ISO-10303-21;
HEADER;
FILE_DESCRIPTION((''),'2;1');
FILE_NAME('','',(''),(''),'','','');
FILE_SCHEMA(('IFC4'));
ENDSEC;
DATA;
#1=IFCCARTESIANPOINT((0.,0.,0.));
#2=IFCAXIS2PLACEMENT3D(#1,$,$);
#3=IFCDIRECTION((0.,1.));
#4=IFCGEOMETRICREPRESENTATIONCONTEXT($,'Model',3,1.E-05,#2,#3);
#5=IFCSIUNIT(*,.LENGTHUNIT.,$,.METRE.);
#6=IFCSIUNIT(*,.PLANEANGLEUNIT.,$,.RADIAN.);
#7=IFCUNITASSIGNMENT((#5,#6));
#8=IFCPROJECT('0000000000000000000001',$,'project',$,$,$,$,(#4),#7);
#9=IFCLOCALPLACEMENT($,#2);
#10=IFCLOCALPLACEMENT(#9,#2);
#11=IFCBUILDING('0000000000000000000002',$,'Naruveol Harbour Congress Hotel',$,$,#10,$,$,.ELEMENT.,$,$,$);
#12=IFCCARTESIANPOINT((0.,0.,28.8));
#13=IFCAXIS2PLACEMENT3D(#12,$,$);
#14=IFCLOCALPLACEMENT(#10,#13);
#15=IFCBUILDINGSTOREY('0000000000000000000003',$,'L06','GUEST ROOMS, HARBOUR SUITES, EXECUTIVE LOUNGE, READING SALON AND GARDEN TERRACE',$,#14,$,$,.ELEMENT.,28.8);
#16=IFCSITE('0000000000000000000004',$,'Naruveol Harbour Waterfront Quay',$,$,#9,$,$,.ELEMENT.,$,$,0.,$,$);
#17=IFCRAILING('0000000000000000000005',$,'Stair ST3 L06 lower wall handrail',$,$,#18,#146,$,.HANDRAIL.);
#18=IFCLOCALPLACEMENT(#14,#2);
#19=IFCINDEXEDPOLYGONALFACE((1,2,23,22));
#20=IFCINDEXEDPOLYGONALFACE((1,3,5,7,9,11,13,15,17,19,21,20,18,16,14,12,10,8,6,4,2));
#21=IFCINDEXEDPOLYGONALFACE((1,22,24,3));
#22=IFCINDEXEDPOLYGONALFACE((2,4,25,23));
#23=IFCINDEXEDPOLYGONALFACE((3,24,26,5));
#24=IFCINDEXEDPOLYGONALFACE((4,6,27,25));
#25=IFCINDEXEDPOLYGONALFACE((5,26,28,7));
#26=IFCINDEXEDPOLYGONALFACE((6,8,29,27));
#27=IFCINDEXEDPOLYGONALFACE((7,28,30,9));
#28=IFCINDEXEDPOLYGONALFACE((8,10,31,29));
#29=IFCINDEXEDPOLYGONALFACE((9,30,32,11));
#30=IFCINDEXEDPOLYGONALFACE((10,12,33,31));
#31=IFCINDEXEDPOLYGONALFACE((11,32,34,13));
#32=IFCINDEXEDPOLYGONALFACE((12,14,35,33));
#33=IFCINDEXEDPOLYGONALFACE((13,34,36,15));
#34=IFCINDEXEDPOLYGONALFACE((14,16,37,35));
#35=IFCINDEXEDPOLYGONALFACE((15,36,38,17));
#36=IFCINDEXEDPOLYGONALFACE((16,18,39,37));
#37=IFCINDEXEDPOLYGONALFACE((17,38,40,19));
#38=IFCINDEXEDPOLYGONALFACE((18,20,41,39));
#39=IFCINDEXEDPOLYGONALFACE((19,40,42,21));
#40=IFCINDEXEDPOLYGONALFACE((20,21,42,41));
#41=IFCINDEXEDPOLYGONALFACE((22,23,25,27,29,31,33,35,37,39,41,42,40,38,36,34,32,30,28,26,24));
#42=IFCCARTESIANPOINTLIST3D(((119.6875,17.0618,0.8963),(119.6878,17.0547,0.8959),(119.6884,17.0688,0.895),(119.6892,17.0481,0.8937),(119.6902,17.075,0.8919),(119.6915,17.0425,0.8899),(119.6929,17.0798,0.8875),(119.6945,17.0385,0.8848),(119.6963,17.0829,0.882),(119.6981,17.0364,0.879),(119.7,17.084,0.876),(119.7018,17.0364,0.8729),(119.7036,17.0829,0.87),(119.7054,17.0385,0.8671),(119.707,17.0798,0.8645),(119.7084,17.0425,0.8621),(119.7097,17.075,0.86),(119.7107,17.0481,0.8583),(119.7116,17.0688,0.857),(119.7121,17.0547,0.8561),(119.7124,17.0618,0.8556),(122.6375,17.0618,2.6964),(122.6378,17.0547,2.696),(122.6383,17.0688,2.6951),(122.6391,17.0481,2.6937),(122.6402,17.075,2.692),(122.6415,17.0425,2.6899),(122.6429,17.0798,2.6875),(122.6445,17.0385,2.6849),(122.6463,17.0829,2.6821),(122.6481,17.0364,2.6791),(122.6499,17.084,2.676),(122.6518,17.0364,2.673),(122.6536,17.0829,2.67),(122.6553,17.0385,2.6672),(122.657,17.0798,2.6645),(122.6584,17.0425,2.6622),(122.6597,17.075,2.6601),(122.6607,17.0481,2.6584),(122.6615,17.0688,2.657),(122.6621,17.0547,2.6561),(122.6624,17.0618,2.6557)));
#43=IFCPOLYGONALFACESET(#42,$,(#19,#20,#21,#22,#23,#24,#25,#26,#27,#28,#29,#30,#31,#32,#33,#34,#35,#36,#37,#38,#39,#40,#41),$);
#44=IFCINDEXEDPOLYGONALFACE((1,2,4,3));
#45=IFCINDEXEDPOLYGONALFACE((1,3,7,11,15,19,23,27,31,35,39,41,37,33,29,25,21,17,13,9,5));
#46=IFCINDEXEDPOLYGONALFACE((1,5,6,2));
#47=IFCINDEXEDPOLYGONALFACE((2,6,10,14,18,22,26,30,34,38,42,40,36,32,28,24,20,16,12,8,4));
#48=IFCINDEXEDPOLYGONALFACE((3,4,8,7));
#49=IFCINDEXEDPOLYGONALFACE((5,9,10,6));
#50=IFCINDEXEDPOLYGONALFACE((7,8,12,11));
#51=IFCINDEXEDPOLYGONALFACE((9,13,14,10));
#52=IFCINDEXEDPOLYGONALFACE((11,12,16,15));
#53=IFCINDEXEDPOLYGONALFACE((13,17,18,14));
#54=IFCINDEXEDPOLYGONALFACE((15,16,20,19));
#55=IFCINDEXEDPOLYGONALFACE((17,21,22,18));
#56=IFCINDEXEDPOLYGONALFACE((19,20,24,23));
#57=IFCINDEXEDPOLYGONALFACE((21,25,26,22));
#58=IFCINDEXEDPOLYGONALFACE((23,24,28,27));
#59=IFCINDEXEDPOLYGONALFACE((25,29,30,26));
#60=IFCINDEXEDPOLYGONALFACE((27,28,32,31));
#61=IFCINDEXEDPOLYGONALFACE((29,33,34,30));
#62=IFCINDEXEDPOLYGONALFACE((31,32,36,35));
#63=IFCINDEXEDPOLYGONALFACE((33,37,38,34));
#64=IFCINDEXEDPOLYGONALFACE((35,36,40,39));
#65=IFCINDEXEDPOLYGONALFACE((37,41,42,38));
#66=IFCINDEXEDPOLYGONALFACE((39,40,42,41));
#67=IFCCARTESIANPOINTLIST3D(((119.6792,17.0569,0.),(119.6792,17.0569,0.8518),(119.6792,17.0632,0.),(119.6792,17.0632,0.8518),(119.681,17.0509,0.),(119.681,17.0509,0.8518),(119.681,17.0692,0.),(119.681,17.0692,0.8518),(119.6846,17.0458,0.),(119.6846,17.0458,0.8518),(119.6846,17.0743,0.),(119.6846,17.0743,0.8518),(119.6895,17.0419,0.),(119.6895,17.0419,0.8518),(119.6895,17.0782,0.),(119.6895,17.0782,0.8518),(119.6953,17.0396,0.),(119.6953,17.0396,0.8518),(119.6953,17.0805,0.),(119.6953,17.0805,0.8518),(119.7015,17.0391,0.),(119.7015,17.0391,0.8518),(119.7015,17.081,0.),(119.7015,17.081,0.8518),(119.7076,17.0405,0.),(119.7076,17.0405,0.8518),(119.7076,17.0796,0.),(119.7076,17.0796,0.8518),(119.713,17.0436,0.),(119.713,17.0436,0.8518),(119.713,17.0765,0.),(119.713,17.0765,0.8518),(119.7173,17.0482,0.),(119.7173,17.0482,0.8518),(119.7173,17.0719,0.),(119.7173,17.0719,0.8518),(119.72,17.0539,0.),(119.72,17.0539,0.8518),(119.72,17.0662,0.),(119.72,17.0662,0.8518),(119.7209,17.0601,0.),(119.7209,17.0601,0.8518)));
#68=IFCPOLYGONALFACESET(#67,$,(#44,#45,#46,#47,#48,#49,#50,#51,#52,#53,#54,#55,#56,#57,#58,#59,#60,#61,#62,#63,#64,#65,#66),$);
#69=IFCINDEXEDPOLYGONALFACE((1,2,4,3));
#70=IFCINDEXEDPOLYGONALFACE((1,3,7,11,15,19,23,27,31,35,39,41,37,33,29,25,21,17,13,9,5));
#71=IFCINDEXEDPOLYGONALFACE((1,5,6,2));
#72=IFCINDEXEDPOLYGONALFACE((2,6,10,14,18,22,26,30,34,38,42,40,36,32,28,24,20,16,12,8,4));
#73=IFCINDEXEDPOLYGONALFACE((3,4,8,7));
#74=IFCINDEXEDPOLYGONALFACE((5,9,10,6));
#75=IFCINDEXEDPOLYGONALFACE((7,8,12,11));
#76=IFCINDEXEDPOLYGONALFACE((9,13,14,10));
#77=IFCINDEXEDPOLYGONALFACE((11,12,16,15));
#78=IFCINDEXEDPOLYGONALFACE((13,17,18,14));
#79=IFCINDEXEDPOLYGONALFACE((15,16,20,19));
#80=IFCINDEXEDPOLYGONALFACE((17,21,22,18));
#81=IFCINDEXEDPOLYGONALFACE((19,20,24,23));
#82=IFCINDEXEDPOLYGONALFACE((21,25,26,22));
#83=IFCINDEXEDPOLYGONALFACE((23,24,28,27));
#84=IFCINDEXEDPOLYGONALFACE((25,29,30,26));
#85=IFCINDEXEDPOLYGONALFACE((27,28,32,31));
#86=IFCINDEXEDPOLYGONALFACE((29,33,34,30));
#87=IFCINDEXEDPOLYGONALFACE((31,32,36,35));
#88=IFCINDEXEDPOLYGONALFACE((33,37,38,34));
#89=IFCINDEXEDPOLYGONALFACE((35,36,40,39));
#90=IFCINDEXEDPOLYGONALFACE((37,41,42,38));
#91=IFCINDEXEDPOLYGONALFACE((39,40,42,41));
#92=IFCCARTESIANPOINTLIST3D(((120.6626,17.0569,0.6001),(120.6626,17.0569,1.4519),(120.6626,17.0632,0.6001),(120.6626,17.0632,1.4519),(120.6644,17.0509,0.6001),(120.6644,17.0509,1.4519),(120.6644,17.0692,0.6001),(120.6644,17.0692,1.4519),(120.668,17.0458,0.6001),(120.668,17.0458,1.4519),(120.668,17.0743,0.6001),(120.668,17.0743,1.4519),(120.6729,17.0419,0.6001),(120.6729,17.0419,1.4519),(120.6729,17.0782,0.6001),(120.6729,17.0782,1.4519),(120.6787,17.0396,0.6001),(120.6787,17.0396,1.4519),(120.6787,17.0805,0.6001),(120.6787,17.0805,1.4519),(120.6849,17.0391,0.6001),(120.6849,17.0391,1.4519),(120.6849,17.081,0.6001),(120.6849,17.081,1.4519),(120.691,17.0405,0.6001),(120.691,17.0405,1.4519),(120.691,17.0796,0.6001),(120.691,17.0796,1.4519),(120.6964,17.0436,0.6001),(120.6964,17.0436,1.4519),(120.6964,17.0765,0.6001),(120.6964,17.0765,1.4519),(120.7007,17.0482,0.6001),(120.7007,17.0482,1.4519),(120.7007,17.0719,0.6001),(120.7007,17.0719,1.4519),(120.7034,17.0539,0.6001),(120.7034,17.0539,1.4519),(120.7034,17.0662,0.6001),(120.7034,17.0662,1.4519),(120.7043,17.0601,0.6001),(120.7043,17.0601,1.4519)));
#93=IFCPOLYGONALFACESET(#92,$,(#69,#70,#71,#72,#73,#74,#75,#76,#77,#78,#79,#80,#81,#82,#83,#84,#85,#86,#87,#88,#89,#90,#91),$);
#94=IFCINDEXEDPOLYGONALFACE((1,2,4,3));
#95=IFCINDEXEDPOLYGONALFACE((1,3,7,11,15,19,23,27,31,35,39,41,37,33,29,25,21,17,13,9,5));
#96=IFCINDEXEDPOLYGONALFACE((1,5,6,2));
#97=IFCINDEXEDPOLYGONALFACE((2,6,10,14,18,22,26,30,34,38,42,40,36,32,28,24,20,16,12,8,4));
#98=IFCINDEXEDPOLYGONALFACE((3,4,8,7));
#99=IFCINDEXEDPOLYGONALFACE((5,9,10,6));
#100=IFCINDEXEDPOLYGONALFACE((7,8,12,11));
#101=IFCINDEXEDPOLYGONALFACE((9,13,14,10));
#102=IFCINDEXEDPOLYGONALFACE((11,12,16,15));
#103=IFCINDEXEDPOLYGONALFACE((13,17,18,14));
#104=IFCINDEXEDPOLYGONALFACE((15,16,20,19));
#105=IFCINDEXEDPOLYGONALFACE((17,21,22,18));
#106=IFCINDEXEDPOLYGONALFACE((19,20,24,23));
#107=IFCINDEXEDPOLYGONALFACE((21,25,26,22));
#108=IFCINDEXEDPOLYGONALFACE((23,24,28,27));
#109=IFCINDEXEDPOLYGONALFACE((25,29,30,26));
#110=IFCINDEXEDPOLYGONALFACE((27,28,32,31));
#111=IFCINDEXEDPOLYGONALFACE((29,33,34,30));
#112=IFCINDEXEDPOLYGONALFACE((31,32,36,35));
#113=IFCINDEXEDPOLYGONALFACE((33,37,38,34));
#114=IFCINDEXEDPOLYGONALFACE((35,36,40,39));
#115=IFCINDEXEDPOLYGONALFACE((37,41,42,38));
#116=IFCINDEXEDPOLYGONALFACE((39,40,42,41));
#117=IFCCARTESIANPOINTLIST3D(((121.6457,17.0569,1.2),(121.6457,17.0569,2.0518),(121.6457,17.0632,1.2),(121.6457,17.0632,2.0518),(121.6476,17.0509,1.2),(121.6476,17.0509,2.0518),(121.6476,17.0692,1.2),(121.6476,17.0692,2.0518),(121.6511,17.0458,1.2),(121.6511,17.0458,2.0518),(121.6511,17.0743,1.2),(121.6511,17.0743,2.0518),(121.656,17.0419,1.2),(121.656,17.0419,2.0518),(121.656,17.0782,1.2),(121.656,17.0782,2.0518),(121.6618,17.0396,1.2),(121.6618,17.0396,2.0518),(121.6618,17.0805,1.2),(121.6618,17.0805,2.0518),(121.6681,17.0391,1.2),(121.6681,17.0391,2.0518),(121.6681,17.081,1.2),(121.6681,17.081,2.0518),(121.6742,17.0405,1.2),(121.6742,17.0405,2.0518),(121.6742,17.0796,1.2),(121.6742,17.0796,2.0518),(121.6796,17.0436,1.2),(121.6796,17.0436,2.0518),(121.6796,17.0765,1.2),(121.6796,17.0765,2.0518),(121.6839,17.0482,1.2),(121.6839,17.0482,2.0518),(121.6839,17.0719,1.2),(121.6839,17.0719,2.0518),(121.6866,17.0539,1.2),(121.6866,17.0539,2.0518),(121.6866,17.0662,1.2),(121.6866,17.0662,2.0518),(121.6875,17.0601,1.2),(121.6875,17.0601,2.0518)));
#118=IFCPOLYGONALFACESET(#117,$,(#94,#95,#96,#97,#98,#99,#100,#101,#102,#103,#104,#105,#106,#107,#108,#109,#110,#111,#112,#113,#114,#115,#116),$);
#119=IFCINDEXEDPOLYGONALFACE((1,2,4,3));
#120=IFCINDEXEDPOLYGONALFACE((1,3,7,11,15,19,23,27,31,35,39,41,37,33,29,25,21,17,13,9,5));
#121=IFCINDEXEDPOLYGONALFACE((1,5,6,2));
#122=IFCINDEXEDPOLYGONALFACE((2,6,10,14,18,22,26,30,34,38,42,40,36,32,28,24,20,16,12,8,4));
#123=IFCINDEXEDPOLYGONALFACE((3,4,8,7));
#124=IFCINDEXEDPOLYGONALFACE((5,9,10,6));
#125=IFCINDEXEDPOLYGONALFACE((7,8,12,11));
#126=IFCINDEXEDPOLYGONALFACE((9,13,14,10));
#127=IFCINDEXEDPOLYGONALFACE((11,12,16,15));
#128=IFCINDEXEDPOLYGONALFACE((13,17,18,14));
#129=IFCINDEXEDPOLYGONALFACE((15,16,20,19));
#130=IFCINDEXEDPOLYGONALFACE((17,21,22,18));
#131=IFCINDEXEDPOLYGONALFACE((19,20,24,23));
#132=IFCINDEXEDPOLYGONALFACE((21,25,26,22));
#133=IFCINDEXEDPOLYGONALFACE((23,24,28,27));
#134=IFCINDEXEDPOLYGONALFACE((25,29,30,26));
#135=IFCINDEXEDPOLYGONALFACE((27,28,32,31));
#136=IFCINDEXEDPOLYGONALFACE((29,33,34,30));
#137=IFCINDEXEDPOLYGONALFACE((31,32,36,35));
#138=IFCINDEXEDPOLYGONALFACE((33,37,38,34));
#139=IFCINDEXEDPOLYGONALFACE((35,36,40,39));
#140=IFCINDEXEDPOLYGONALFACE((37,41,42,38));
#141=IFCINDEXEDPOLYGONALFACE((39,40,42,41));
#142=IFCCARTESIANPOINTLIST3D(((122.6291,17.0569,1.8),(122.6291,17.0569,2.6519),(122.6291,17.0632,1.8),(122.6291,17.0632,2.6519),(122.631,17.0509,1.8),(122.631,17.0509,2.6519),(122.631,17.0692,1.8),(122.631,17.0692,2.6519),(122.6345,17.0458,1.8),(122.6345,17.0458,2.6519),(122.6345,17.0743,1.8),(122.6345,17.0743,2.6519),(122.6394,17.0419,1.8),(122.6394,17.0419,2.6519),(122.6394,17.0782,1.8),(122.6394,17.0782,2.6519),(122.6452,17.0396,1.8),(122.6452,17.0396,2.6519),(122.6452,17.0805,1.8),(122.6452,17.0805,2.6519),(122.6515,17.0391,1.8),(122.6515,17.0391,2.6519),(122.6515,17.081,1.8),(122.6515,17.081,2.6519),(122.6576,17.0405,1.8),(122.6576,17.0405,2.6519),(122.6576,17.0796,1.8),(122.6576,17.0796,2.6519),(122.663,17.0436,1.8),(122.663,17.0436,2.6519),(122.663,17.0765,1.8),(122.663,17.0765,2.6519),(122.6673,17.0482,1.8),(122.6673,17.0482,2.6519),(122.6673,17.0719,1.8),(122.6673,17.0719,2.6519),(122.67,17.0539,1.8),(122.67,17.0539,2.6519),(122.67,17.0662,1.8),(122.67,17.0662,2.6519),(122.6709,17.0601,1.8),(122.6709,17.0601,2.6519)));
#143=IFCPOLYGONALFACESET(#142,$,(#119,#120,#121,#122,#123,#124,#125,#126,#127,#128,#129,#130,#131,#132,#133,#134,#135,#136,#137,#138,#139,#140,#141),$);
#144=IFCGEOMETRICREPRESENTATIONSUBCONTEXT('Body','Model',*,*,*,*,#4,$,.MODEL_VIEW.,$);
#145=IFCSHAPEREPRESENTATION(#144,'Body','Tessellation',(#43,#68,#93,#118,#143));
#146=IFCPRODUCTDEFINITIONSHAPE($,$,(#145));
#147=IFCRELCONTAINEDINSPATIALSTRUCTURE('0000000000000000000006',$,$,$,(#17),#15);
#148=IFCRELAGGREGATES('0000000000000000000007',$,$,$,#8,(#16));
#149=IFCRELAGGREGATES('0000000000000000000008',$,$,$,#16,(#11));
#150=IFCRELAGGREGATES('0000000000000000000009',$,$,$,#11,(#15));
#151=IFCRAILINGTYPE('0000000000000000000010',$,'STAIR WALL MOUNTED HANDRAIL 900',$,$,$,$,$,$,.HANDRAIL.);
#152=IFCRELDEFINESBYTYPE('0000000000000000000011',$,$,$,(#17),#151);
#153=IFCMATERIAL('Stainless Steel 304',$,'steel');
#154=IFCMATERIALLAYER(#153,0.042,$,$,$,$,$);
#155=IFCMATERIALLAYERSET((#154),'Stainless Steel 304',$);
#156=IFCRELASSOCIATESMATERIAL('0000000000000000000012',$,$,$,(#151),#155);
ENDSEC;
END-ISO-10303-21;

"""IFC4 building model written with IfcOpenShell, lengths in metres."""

from ifc_helpers import new_model, si_unit, direction, frame, origin, origin_2d, place, context, subcontext, project, spatial, circle, extrude, material, layer, layer_set, type_object, element, save


model = new_model("IFC4")

# Units and contexts
model_context = context("Model", 3, precision=1e-05, world=origin(), true_north=direction((0.0, 1.0)))
body_context = subcontext(model_context, "Body", "Model", "MODEL_VIEW")
ifc_project = project(units=[si_unit("LENGTHUNIT", "METRE"), si_unit("PLANEANGLEUNIT", "RADIAN")], contexts=[model_context])

# Site, building, storey
site_placement = place(None, origin())
site = spatial("IfcSite", under=ifc_project, at=site_placement, Name="Naruveol Harbour Waterfront Quay", CompositionType="ELEMENT", RefElevation=0.0)
building_placement = place(site_placement, origin())
building = spatial("IfcBuilding", under=site, at=building_placement, Name="Naruveol Harbour Congress Hotel", CompositionType="ELEMENT")
storey_placement = place(building_placement, frame((0.0, 0.0, 28.8)))
storey = spatial("IfcBuildingStorey", under=building, at=storey_placement, Name="L06", Description="GUEST ROOMS, HARBOUR SUITES, EXECUTIVE LOUNGE, READING SALON AND GARDEN TERRACE", CompositionType="ELEMENT", Elevation=28.8)

# Railing
ifc_material_1 = material(Name="Stainless Steel 304", Category="steel")
ifc_layer_1 = layer(ifc_material_1, 0.042)
ifc_layer_set_1 = layer_set([ifc_layer_1], Name="Stainless Steel 304")
railing_type_1 = type_object("IfcRailingType", Name="STAIR WALL MOUNTED HANDRAIL 900", PredefinedType="HANDRAIL", material=ifc_layer_set_1)
railing_1_placement = place(storey_placement, frame((119.7, 17.0601, 0.0)))
element("IfcRailing", 1, at=railing_1_placement, inside=storey, type_object=railing_type_1, Name="Stair ST3 L06 lower wall handrail", PredefinedType="HANDRAIL", context=body_context, shape_type="SweptSolid", body=[
    extrude(circle(Radius=0.0239, at=origin_2d()), frame((0.0, 0.0, 0.876), z_axis=(0.853629, 0.0, 0.520881), x_axis=(0.0, 1.0, 0.0)), (0.0, 0.0, 1.0), 3.4558),
    extrude(circle(Radius=0.021, at=origin_2d()), origin(), (0.0, 0.0, 1.0), 0.8518),
    extrude(circle(Radius=0.021, at=origin_2d()), frame((0.9834, 0.0, 0.6001)), (0.0, 0.0, 1.0), 0.8518),
    extrude(circle(Radius=0.021, at=origin_2d()), frame((1.9666, 0.0, 1.2)), (0.0, 0.0, 1.0), 0.8518),
    extrude(circle(Radius=0.021, at=origin_2d()), frame((2.95, 0.0, 1.8)), (0.0, 0.0, 1.0), 0.8518),
])

save(model, "model.ifc")
